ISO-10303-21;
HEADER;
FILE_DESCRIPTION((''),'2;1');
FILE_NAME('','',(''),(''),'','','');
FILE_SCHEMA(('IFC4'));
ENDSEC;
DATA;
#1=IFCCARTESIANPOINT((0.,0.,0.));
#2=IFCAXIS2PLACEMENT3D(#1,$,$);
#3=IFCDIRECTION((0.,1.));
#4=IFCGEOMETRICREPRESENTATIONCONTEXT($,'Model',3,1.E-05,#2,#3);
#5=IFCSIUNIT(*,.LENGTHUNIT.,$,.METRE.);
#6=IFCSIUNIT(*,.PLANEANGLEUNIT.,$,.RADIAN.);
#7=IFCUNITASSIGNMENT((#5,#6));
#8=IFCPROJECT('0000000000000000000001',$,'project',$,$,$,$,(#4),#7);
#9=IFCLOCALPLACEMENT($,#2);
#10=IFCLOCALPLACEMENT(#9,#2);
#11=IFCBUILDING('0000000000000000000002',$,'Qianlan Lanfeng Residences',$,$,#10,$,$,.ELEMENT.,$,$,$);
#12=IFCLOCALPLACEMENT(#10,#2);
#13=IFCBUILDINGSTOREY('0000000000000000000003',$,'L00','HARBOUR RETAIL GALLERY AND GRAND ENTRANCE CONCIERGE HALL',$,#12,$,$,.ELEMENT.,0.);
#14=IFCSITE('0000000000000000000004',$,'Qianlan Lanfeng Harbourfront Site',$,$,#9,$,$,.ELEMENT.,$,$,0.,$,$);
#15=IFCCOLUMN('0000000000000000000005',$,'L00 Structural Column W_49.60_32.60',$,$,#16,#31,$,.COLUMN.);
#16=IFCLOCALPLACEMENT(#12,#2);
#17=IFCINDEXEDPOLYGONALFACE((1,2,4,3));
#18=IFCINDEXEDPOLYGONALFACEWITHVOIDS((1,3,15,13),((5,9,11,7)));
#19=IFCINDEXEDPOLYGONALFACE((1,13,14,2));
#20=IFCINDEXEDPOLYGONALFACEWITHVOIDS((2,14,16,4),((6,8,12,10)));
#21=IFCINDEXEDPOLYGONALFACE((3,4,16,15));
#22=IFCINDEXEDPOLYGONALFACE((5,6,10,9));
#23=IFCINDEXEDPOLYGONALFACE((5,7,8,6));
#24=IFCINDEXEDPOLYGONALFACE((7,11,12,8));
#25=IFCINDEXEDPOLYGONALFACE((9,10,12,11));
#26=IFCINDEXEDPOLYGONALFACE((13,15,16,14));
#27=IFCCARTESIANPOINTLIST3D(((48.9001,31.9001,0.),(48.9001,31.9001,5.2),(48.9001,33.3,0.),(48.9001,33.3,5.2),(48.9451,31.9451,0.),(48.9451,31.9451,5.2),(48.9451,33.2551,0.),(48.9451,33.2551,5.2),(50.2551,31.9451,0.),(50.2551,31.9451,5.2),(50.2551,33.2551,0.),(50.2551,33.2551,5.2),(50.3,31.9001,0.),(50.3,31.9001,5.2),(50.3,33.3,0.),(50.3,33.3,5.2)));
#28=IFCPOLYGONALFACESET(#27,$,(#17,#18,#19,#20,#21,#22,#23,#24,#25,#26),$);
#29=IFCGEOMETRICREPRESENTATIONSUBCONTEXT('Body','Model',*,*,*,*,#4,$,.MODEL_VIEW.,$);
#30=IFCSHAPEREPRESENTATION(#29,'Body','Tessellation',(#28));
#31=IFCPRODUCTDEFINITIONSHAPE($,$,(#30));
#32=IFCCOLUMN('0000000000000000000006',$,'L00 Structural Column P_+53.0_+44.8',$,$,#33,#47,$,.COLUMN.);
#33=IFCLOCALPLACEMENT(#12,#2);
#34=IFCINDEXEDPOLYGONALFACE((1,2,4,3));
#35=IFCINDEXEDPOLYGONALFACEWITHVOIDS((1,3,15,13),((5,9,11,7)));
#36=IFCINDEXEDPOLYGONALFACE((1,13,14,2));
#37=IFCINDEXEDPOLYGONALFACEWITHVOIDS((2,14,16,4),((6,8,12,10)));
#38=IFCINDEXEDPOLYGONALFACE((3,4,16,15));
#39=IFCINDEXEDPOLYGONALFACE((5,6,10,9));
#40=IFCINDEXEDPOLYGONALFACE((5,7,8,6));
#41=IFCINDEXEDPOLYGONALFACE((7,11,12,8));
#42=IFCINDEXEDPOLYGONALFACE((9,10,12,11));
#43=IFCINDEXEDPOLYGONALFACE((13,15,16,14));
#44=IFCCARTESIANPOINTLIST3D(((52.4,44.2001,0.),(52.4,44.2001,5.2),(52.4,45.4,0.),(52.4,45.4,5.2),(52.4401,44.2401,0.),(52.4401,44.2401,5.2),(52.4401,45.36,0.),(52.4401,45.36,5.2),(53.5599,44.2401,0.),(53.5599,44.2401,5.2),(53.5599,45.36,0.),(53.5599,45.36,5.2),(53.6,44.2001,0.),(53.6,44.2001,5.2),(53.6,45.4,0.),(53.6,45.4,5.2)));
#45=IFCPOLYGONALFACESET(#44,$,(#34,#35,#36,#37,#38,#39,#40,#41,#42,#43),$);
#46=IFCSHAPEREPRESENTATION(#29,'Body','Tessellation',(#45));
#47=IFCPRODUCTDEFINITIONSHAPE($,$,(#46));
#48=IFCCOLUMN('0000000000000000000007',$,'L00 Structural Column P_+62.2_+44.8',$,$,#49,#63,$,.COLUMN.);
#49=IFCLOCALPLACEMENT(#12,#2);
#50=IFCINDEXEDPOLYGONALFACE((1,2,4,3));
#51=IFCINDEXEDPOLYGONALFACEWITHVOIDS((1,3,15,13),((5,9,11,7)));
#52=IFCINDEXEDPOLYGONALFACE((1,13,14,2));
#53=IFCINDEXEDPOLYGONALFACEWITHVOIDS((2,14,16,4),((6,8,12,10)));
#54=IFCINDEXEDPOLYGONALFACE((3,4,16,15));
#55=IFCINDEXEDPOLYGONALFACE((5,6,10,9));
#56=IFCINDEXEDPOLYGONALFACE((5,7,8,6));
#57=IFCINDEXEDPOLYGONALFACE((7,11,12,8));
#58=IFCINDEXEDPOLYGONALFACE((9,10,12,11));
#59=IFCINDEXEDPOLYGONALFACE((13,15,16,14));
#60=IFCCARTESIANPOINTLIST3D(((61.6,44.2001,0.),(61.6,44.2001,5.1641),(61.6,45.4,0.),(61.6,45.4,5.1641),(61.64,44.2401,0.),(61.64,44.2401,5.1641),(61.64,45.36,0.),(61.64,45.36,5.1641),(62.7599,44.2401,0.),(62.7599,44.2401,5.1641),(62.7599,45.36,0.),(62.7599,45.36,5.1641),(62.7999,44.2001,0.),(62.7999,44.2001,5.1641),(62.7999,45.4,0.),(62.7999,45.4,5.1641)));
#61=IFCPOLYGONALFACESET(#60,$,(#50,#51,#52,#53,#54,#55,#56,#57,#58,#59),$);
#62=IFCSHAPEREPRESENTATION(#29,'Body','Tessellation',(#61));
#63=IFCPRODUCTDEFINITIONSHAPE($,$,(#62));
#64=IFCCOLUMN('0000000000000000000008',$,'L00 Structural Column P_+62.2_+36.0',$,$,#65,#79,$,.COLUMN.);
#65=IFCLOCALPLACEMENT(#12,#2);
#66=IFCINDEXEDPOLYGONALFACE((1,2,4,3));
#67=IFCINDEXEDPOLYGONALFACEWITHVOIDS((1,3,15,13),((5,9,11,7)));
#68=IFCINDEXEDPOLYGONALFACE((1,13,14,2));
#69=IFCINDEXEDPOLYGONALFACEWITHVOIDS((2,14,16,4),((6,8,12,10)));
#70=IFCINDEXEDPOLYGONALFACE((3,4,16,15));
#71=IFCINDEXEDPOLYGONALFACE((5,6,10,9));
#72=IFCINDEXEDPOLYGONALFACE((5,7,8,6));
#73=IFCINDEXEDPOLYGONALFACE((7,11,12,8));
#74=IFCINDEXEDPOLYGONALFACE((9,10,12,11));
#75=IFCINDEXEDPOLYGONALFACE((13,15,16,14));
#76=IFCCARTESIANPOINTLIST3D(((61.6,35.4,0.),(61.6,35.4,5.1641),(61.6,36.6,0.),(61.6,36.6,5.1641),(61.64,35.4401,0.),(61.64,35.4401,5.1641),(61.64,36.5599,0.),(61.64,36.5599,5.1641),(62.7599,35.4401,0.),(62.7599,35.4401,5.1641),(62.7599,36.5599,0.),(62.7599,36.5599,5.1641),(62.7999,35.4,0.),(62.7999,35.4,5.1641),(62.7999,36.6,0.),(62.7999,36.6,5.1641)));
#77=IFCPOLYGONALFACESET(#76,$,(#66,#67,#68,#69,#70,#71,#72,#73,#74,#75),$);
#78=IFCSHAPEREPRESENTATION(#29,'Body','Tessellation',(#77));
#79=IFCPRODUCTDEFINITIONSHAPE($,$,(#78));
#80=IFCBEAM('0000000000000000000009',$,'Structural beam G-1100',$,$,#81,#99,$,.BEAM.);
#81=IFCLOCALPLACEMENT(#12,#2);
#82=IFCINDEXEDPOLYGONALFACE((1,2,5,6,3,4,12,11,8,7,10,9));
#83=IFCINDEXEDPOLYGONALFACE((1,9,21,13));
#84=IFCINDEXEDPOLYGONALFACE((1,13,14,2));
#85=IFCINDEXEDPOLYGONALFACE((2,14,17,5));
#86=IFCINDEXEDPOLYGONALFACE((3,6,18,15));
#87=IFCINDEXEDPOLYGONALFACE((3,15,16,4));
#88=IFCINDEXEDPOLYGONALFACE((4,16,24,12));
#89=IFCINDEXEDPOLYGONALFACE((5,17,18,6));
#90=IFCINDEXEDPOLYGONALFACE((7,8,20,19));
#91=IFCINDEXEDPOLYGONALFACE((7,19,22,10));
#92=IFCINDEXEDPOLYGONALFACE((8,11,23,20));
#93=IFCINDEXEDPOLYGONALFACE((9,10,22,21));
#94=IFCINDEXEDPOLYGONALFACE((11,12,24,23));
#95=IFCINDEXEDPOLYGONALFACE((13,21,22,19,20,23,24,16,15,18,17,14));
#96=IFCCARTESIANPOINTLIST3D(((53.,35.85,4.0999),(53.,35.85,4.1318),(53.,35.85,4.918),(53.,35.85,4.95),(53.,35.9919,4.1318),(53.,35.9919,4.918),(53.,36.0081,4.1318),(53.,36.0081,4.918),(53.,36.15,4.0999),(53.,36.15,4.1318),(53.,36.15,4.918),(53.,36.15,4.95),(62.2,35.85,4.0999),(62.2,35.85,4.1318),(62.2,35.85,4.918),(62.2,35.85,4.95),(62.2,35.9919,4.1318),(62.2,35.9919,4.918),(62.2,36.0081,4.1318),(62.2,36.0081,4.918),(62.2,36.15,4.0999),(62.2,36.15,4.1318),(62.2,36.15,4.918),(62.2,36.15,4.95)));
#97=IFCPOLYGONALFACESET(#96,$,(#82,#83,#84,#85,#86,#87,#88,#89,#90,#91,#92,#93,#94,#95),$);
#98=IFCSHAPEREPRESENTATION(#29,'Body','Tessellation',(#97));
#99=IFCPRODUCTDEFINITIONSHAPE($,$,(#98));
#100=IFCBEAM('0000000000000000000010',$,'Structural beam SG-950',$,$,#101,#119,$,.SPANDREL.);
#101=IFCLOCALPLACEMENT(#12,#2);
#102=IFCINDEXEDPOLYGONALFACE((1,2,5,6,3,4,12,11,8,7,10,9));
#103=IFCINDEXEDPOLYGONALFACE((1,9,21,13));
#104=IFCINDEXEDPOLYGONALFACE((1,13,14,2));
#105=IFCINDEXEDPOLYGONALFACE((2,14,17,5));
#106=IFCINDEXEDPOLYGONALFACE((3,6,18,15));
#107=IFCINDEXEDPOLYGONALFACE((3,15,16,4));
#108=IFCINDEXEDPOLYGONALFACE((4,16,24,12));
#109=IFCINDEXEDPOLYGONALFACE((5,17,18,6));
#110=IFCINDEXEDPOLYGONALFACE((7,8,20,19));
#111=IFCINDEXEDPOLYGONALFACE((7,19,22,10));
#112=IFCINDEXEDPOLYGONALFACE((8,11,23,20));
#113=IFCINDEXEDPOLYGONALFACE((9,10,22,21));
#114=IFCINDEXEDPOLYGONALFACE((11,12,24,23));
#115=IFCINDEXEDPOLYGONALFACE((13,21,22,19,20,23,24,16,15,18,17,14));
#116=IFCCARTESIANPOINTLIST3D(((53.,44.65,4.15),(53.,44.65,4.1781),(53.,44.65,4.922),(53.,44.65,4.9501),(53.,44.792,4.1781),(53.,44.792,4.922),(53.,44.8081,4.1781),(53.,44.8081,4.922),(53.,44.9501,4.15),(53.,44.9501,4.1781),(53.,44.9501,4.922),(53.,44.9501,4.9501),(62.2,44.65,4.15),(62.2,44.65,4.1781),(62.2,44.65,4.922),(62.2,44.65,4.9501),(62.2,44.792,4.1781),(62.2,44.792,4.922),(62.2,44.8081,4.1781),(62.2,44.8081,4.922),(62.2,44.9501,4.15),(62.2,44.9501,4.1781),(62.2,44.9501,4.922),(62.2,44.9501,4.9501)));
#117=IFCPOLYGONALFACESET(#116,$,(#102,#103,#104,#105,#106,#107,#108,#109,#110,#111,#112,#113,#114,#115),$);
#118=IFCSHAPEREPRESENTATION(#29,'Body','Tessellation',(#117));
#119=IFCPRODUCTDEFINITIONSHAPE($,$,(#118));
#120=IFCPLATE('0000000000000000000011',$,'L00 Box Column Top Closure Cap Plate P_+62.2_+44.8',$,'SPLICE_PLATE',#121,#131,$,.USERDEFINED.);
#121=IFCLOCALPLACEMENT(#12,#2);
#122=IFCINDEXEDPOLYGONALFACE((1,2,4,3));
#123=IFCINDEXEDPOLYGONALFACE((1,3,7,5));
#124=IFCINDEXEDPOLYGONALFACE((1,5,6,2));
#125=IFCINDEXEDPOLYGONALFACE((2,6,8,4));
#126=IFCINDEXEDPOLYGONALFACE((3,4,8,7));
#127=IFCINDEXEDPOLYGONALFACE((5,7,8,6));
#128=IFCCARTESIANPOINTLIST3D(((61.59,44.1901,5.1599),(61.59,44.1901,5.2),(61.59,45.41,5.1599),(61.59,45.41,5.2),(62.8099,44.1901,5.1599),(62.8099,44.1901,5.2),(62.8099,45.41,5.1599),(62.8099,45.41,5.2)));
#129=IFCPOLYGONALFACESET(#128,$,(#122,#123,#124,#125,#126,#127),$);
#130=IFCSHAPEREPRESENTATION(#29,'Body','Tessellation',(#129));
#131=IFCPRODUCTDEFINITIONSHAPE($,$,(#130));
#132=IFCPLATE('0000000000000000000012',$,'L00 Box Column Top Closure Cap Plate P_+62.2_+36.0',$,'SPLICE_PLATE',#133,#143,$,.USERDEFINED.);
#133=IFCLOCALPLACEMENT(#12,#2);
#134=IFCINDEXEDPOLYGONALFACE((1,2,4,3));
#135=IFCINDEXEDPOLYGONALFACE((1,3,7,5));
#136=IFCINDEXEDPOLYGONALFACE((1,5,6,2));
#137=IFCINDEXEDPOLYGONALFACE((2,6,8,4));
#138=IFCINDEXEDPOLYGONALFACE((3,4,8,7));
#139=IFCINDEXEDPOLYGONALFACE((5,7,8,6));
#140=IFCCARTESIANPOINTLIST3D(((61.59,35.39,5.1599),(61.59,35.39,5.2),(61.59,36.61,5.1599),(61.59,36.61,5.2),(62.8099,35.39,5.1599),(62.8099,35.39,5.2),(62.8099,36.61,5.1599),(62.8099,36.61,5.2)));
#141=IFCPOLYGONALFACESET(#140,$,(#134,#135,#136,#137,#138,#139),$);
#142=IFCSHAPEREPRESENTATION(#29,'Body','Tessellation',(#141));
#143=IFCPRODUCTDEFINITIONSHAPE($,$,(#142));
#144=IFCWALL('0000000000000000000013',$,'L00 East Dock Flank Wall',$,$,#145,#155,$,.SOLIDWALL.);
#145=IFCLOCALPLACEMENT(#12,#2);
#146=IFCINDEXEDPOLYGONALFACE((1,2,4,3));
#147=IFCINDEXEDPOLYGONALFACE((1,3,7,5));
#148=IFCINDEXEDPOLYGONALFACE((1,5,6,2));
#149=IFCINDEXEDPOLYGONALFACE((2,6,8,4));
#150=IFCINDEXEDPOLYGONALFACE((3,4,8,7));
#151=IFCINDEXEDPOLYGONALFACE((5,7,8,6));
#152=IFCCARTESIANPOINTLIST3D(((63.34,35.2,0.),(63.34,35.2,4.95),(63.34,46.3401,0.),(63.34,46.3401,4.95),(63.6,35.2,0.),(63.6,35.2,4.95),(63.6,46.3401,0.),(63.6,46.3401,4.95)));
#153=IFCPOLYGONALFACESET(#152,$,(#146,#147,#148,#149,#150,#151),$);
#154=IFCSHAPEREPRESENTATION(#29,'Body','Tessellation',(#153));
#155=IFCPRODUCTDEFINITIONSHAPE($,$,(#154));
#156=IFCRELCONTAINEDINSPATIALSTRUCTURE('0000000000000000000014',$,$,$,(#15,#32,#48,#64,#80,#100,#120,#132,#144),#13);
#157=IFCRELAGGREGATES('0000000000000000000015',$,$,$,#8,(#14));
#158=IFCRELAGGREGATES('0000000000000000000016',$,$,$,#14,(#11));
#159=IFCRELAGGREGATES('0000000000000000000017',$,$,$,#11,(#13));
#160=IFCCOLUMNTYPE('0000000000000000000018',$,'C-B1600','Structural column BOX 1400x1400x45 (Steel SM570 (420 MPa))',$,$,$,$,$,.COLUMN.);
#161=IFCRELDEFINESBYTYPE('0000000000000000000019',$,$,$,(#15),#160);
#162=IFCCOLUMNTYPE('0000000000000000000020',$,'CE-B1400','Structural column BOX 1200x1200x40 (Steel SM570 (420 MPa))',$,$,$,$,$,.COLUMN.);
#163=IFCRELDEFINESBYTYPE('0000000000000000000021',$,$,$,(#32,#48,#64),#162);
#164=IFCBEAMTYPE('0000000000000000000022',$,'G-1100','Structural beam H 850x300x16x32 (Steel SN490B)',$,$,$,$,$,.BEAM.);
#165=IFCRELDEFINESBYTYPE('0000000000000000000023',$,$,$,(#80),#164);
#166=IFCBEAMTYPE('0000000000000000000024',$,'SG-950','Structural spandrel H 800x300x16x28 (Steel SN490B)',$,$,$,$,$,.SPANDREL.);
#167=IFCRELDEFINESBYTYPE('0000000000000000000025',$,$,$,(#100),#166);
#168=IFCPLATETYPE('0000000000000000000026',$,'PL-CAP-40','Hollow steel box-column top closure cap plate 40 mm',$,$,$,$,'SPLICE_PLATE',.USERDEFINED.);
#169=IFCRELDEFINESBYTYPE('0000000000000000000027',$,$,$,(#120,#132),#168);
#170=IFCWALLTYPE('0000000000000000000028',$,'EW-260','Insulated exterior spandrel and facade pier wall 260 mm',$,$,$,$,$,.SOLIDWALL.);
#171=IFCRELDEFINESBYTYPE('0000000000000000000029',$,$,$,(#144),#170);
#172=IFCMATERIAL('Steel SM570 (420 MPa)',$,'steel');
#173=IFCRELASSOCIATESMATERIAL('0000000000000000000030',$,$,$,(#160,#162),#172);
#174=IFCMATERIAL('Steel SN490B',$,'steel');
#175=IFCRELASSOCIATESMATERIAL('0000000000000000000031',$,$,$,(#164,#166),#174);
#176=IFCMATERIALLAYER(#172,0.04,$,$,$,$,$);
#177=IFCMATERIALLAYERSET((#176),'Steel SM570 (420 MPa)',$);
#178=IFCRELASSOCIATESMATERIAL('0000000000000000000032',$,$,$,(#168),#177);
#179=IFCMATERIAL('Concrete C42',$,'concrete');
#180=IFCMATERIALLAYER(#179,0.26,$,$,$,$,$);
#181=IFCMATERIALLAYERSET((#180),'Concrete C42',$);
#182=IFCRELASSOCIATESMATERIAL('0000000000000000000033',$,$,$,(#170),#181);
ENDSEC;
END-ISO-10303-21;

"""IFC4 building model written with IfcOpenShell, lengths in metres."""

from ifc_helpers import new_model, si_unit, direction, frame, frame_2d, origin, origin_2d, place, context, subcontext, project, spatial, rectangle, hollow_rectangle, i_section, extrude, source, transform, mapped, material, layer, layer_set, material_profile, profile_set, type_object, element, save


model = new_model("IFC4")

# Units and contexts
model_context = context("Model", 3, precision=1e-05, world=origin(), true_north=direction((0.0, 1.0)))
body_context = subcontext(model_context, "Body", "Model", "MODEL_VIEW")
ifc_project = project(units=[si_unit("LENGTHUNIT", "METRE"), si_unit("PLANEANGLEUNIT", "RADIAN")], contexts=[model_context])

# Site, building, storey
site_placement = place(None, origin())
site = spatial("IfcSite", under=ifc_project, at=site_placement, Name="Qianlan Lanfeng Harbourfront Site", CompositionType="ELEMENT", RefElevation=0.0)
building_placement = place(site_placement, origin())
building = spatial("IfcBuilding", under=site, at=building_placement, Name="Qianlan Lanfeng Residences", CompositionType="ELEMENT")
storey_placement = place(building_placement, origin())
storey = spatial("IfcBuildingStorey", under=building, at=storey_placement, Name="L00", Description="HARBOUR RETAIL GALLERY AND GRAND ENTRANCE CONCIERGE HALL", CompositionType="ELEMENT", Elevation=0.0)

# Columns
ifc_material_1 = material(Name="Steel SM570 (420 MPa)", Category="steel")
ifc_material_profile_1 = material_profile(ifc_material_1, hollow_rectangle(XDim=1.3999, YDim=1.3999, WallThickness=0.0449, at=origin_2d()), Name="BOX 1400x1400x45")
ifc_profile_set_1 = profile_set([ifc_material_profile_1], Name="Steel SM570 (420 MPa)")
column_type_1 = type_object("IfcColumnType", Name="C-B1600", Description="Structural column BOX 1400x1400x45 (Steel SM570 (420 MPa))", PredefinedType="COLUMN", material=ifc_profile_set_1)
column_1_placement = place(storey_placement, frame((49.6001, 32.6001, 0.0), z_axis=(0.0, 0.0, 1.0), x_axis=(1.0, 0.0, 0.0)))
element("IfcColumn", 1, at=column_1_placement, inside=storey, type_object=column_type_1, Name="L00 Structural Column W_49.60_32.60", PredefinedType="COLUMN", context=body_context, shape_type="SweptSolid", body=[
    extrude(hollow_rectangle(XDim=1.3999, YDim=1.3999, WallThickness=0.0449, at=origin_2d()), origin(), (0.0, 0.0, 1.0), 5.2),
])
ifc_material_profile_2 = material_profile(ifc_material_1, hollow_rectangle(XDim=1.2, YDim=1.2, WallThickness=0.04, at=origin_2d()), Name="BOX 1200x1200x40")
ifc_profile_set_2 = profile_set([ifc_material_profile_2], Name="Steel SM570 (420 MPa)")
column_type_2 = type_object("IfcColumnType", Name="CE-B1400", Description="Structural column BOX 1200x1200x40 (Steel SM570 (420 MPa))", PredefinedType="COLUMN", material=ifc_profile_set_2)
column_2_placement = place(storey_placement, frame((53.0, 44.8, 0.0), z_axis=(0.0, 0.0, 1.0), x_axis=(1.0, 0.0, 0.0)))
element("IfcColumn", 2, at=column_2_placement, inside=storey, type_object=column_type_2, Name="L00 Structural Column P_+53.0_+44.8", PredefinedType="COLUMN", context=body_context, shape_type="SweptSolid", body=[
    extrude(hollow_rectangle(XDim=1.2, YDim=1.2, WallThickness=0.04, at=origin_2d()), origin(), (0.0, 0.0, 1.0), 5.2),
])
for number, where, z_axis, x_axis, name in (
    (3, (62.2, 44.8, 0.0), (0.0, 0.0, 1.0), (1.0, 0.0, 0.0), "L00 Structural Column P_+62.2_+44.8"),
    (4, (62.2, 36.0, 0.0), (0.0, 0.0, 1.0), (1.0, 0.0, 0.0), "L00 Structural Column P_+62.2_+36.0"),
):
    element("IfcColumn", number, at=place(storey_placement, frame(where, z_axis=z_axis, x_axis=x_axis)), inside=storey, type_object=column_type_2, Name=name, PredefinedType="COLUMN", context=body_context, shape_type="SweptSolid", body=[
        extrude(hollow_rectangle(XDim=1.2, YDim=1.2, WallThickness=0.04, at=origin_2d()), origin(), (0.0, 0.0, 1.0), 5.1641),
    ])

# Beams
ifc_material_2 = material(Name="Steel SN490B", Category="steel")
ifc_material_profile_3 = material_profile(ifc_material_2, i_section(OverallWidth=0.3, OverallDepth=0.8501, WebThickness=0.0161, FlangeThickness=0.032, at=origin_2d()), Name="H 850x300x16x32")
ifc_profile_set_3 = profile_set([ifc_material_profile_3], Name="Steel SN490B")
beam_type_1 = type_object("IfcBeamType", Name="G-1100", Description="Structural beam H 850x300x16x32 (Steel SN490B)", PredefinedType="BEAM", material=ifc_profile_set_3)
beam_1_placement = place(storey_placement, frame((53.0, 36.0, 4.5249), z_axis=(1.0, 0.0, 0.0), x_axis=(0.0, 1.0, 0.0)))
element("IfcBeam", 5, at=beam_1_placement, inside=storey, type_object=beam_type_1, Name="Structural beam G-1100", PredefinedType="BEAM", context=body_context, shape_type="SweptSolid", body=[
    extrude(i_section(OverallWidth=0.3, OverallDepth=0.8501, WebThickness=0.0161, FlangeThickness=0.032, at=origin_2d()), origin(), (0.0, 0.0, 1.0), 9.2),
])
ifc_material_profile_4 = material_profile(ifc_material_2, i_section(OverallWidth=0.3, OverallDepth=0.8, WebThickness=0.0161, FlangeThickness=0.0281, at=origin_2d()), Name="H 800x300x16x28")
ifc_profile_set_4 = profile_set([ifc_material_profile_4], Name="Steel SN490B")
beam_type_2 = type_object("IfcBeamType", Name="SG-950", Description="Structural spandrel H 800x300x16x28 (Steel SN490B)", PredefinedType="SPANDREL", material=ifc_profile_set_4)
beam_2_placement = place(storey_placement, frame((53.0, 44.8, 4.55), z_axis=(1.0, 0.0, 0.0), x_axis=(0.0, 1.0, 0.0)))
element("IfcBeam", 6, at=beam_2_placement, inside=storey, type_object=beam_type_2, Name="Structural beam SG-950", PredefinedType="SPANDREL", context=body_context, shape_type="SweptSolid", body=[
    extrude(i_section(OverallWidth=0.3, OverallDepth=0.8, WebThickness=0.0161, FlangeThickness=0.0281, at=origin_2d()), origin(), (0.0, 0.0, 1.0), 9.2),
])

# Plates
ifc_layer_1 = layer(ifc_material_1, 0.04)
ifc_layer_set_1 = layer_set([ifc_layer_1], Name="Steel SM570 (420 MPa)")
plate_type = type_object("IfcPlateType", Name="PL-CAP-40", Description="Hollow steel box-column top closure cap plate 40 mm", ElementType="SPLICE_PLATE", PredefinedType="USERDEFINED", material=ifc_layer_set_1)
shared_shape = source(origin(), body_context, "Body", "SweptSolid", [
    extrude(rectangle(XDim=1.22, YDim=1.22, at=origin_2d()), origin(), (0.0, 0.0, 1.0), 0.04),
])
for number, where, z_axis, x_axis, name in (
    (7, (62.2, 44.8, 5.1599), (0.0, 0.0, 1.0), (1.0, 0.0, 0.0), "L00 Box Column Top Closure Cap Plate P_+62.2_+44.8"),
    (8, (62.2, 36.0, 5.1599), (0.0, 0.0, 1.0), (1.0, 0.0, 0.0), "L00 Box Column Top Closure Cap Plate P_+62.2_+36.0"),
):
    element("IfcPlate", number, at=place(storey_placement, frame(where, z_axis=z_axis, x_axis=x_axis)), inside=storey, type_object=plate_type, Name=name, ObjectType="SPLICE_PLATE", PredefinedType="USERDEFINED", context=body_context, shape_type="MappedRepresentation", body=[
        mapped(shared_shape, transform((0.0, 0.0, 0.0), scale=1.0)),
    ])

# Wall
ifc_material_3 = material(Name="Concrete C42", Category="concrete")
ifc_layer_2 = layer(ifc_material_3, 0.26)
ifc_layer_set_2 = layer_set([ifc_layer_2], Name="Concrete C42")
wall_type_1 = type_object("IfcWallType", Name="EW-260", Description="Insulated exterior spandrel and facade pier wall 260 mm", PredefinedType="SOLIDWALL", material=ifc_layer_set_2)
wall_1_placement = place(storey_placement, frame((63.47, 35.2, 0.0), z_axis=(0.0, 0.0, 1.0), x_axis=(0.0, 1.0, 0.0)))
element("IfcWall", 9, at=wall_1_placement, inside=storey, type_object=wall_type_1, Name="L00 East Dock Flank Wall", PredefinedType="SOLIDWALL", context=body_context, shape_type="SweptSolid", body=[
    extrude(rectangle(XDim=11.1401, YDim=0.26, at=frame_2d((5.5701, 0.0))), origin(), (0.0, 0.0, 1.0), 4.95),
])

save(model, "model.ifc")
